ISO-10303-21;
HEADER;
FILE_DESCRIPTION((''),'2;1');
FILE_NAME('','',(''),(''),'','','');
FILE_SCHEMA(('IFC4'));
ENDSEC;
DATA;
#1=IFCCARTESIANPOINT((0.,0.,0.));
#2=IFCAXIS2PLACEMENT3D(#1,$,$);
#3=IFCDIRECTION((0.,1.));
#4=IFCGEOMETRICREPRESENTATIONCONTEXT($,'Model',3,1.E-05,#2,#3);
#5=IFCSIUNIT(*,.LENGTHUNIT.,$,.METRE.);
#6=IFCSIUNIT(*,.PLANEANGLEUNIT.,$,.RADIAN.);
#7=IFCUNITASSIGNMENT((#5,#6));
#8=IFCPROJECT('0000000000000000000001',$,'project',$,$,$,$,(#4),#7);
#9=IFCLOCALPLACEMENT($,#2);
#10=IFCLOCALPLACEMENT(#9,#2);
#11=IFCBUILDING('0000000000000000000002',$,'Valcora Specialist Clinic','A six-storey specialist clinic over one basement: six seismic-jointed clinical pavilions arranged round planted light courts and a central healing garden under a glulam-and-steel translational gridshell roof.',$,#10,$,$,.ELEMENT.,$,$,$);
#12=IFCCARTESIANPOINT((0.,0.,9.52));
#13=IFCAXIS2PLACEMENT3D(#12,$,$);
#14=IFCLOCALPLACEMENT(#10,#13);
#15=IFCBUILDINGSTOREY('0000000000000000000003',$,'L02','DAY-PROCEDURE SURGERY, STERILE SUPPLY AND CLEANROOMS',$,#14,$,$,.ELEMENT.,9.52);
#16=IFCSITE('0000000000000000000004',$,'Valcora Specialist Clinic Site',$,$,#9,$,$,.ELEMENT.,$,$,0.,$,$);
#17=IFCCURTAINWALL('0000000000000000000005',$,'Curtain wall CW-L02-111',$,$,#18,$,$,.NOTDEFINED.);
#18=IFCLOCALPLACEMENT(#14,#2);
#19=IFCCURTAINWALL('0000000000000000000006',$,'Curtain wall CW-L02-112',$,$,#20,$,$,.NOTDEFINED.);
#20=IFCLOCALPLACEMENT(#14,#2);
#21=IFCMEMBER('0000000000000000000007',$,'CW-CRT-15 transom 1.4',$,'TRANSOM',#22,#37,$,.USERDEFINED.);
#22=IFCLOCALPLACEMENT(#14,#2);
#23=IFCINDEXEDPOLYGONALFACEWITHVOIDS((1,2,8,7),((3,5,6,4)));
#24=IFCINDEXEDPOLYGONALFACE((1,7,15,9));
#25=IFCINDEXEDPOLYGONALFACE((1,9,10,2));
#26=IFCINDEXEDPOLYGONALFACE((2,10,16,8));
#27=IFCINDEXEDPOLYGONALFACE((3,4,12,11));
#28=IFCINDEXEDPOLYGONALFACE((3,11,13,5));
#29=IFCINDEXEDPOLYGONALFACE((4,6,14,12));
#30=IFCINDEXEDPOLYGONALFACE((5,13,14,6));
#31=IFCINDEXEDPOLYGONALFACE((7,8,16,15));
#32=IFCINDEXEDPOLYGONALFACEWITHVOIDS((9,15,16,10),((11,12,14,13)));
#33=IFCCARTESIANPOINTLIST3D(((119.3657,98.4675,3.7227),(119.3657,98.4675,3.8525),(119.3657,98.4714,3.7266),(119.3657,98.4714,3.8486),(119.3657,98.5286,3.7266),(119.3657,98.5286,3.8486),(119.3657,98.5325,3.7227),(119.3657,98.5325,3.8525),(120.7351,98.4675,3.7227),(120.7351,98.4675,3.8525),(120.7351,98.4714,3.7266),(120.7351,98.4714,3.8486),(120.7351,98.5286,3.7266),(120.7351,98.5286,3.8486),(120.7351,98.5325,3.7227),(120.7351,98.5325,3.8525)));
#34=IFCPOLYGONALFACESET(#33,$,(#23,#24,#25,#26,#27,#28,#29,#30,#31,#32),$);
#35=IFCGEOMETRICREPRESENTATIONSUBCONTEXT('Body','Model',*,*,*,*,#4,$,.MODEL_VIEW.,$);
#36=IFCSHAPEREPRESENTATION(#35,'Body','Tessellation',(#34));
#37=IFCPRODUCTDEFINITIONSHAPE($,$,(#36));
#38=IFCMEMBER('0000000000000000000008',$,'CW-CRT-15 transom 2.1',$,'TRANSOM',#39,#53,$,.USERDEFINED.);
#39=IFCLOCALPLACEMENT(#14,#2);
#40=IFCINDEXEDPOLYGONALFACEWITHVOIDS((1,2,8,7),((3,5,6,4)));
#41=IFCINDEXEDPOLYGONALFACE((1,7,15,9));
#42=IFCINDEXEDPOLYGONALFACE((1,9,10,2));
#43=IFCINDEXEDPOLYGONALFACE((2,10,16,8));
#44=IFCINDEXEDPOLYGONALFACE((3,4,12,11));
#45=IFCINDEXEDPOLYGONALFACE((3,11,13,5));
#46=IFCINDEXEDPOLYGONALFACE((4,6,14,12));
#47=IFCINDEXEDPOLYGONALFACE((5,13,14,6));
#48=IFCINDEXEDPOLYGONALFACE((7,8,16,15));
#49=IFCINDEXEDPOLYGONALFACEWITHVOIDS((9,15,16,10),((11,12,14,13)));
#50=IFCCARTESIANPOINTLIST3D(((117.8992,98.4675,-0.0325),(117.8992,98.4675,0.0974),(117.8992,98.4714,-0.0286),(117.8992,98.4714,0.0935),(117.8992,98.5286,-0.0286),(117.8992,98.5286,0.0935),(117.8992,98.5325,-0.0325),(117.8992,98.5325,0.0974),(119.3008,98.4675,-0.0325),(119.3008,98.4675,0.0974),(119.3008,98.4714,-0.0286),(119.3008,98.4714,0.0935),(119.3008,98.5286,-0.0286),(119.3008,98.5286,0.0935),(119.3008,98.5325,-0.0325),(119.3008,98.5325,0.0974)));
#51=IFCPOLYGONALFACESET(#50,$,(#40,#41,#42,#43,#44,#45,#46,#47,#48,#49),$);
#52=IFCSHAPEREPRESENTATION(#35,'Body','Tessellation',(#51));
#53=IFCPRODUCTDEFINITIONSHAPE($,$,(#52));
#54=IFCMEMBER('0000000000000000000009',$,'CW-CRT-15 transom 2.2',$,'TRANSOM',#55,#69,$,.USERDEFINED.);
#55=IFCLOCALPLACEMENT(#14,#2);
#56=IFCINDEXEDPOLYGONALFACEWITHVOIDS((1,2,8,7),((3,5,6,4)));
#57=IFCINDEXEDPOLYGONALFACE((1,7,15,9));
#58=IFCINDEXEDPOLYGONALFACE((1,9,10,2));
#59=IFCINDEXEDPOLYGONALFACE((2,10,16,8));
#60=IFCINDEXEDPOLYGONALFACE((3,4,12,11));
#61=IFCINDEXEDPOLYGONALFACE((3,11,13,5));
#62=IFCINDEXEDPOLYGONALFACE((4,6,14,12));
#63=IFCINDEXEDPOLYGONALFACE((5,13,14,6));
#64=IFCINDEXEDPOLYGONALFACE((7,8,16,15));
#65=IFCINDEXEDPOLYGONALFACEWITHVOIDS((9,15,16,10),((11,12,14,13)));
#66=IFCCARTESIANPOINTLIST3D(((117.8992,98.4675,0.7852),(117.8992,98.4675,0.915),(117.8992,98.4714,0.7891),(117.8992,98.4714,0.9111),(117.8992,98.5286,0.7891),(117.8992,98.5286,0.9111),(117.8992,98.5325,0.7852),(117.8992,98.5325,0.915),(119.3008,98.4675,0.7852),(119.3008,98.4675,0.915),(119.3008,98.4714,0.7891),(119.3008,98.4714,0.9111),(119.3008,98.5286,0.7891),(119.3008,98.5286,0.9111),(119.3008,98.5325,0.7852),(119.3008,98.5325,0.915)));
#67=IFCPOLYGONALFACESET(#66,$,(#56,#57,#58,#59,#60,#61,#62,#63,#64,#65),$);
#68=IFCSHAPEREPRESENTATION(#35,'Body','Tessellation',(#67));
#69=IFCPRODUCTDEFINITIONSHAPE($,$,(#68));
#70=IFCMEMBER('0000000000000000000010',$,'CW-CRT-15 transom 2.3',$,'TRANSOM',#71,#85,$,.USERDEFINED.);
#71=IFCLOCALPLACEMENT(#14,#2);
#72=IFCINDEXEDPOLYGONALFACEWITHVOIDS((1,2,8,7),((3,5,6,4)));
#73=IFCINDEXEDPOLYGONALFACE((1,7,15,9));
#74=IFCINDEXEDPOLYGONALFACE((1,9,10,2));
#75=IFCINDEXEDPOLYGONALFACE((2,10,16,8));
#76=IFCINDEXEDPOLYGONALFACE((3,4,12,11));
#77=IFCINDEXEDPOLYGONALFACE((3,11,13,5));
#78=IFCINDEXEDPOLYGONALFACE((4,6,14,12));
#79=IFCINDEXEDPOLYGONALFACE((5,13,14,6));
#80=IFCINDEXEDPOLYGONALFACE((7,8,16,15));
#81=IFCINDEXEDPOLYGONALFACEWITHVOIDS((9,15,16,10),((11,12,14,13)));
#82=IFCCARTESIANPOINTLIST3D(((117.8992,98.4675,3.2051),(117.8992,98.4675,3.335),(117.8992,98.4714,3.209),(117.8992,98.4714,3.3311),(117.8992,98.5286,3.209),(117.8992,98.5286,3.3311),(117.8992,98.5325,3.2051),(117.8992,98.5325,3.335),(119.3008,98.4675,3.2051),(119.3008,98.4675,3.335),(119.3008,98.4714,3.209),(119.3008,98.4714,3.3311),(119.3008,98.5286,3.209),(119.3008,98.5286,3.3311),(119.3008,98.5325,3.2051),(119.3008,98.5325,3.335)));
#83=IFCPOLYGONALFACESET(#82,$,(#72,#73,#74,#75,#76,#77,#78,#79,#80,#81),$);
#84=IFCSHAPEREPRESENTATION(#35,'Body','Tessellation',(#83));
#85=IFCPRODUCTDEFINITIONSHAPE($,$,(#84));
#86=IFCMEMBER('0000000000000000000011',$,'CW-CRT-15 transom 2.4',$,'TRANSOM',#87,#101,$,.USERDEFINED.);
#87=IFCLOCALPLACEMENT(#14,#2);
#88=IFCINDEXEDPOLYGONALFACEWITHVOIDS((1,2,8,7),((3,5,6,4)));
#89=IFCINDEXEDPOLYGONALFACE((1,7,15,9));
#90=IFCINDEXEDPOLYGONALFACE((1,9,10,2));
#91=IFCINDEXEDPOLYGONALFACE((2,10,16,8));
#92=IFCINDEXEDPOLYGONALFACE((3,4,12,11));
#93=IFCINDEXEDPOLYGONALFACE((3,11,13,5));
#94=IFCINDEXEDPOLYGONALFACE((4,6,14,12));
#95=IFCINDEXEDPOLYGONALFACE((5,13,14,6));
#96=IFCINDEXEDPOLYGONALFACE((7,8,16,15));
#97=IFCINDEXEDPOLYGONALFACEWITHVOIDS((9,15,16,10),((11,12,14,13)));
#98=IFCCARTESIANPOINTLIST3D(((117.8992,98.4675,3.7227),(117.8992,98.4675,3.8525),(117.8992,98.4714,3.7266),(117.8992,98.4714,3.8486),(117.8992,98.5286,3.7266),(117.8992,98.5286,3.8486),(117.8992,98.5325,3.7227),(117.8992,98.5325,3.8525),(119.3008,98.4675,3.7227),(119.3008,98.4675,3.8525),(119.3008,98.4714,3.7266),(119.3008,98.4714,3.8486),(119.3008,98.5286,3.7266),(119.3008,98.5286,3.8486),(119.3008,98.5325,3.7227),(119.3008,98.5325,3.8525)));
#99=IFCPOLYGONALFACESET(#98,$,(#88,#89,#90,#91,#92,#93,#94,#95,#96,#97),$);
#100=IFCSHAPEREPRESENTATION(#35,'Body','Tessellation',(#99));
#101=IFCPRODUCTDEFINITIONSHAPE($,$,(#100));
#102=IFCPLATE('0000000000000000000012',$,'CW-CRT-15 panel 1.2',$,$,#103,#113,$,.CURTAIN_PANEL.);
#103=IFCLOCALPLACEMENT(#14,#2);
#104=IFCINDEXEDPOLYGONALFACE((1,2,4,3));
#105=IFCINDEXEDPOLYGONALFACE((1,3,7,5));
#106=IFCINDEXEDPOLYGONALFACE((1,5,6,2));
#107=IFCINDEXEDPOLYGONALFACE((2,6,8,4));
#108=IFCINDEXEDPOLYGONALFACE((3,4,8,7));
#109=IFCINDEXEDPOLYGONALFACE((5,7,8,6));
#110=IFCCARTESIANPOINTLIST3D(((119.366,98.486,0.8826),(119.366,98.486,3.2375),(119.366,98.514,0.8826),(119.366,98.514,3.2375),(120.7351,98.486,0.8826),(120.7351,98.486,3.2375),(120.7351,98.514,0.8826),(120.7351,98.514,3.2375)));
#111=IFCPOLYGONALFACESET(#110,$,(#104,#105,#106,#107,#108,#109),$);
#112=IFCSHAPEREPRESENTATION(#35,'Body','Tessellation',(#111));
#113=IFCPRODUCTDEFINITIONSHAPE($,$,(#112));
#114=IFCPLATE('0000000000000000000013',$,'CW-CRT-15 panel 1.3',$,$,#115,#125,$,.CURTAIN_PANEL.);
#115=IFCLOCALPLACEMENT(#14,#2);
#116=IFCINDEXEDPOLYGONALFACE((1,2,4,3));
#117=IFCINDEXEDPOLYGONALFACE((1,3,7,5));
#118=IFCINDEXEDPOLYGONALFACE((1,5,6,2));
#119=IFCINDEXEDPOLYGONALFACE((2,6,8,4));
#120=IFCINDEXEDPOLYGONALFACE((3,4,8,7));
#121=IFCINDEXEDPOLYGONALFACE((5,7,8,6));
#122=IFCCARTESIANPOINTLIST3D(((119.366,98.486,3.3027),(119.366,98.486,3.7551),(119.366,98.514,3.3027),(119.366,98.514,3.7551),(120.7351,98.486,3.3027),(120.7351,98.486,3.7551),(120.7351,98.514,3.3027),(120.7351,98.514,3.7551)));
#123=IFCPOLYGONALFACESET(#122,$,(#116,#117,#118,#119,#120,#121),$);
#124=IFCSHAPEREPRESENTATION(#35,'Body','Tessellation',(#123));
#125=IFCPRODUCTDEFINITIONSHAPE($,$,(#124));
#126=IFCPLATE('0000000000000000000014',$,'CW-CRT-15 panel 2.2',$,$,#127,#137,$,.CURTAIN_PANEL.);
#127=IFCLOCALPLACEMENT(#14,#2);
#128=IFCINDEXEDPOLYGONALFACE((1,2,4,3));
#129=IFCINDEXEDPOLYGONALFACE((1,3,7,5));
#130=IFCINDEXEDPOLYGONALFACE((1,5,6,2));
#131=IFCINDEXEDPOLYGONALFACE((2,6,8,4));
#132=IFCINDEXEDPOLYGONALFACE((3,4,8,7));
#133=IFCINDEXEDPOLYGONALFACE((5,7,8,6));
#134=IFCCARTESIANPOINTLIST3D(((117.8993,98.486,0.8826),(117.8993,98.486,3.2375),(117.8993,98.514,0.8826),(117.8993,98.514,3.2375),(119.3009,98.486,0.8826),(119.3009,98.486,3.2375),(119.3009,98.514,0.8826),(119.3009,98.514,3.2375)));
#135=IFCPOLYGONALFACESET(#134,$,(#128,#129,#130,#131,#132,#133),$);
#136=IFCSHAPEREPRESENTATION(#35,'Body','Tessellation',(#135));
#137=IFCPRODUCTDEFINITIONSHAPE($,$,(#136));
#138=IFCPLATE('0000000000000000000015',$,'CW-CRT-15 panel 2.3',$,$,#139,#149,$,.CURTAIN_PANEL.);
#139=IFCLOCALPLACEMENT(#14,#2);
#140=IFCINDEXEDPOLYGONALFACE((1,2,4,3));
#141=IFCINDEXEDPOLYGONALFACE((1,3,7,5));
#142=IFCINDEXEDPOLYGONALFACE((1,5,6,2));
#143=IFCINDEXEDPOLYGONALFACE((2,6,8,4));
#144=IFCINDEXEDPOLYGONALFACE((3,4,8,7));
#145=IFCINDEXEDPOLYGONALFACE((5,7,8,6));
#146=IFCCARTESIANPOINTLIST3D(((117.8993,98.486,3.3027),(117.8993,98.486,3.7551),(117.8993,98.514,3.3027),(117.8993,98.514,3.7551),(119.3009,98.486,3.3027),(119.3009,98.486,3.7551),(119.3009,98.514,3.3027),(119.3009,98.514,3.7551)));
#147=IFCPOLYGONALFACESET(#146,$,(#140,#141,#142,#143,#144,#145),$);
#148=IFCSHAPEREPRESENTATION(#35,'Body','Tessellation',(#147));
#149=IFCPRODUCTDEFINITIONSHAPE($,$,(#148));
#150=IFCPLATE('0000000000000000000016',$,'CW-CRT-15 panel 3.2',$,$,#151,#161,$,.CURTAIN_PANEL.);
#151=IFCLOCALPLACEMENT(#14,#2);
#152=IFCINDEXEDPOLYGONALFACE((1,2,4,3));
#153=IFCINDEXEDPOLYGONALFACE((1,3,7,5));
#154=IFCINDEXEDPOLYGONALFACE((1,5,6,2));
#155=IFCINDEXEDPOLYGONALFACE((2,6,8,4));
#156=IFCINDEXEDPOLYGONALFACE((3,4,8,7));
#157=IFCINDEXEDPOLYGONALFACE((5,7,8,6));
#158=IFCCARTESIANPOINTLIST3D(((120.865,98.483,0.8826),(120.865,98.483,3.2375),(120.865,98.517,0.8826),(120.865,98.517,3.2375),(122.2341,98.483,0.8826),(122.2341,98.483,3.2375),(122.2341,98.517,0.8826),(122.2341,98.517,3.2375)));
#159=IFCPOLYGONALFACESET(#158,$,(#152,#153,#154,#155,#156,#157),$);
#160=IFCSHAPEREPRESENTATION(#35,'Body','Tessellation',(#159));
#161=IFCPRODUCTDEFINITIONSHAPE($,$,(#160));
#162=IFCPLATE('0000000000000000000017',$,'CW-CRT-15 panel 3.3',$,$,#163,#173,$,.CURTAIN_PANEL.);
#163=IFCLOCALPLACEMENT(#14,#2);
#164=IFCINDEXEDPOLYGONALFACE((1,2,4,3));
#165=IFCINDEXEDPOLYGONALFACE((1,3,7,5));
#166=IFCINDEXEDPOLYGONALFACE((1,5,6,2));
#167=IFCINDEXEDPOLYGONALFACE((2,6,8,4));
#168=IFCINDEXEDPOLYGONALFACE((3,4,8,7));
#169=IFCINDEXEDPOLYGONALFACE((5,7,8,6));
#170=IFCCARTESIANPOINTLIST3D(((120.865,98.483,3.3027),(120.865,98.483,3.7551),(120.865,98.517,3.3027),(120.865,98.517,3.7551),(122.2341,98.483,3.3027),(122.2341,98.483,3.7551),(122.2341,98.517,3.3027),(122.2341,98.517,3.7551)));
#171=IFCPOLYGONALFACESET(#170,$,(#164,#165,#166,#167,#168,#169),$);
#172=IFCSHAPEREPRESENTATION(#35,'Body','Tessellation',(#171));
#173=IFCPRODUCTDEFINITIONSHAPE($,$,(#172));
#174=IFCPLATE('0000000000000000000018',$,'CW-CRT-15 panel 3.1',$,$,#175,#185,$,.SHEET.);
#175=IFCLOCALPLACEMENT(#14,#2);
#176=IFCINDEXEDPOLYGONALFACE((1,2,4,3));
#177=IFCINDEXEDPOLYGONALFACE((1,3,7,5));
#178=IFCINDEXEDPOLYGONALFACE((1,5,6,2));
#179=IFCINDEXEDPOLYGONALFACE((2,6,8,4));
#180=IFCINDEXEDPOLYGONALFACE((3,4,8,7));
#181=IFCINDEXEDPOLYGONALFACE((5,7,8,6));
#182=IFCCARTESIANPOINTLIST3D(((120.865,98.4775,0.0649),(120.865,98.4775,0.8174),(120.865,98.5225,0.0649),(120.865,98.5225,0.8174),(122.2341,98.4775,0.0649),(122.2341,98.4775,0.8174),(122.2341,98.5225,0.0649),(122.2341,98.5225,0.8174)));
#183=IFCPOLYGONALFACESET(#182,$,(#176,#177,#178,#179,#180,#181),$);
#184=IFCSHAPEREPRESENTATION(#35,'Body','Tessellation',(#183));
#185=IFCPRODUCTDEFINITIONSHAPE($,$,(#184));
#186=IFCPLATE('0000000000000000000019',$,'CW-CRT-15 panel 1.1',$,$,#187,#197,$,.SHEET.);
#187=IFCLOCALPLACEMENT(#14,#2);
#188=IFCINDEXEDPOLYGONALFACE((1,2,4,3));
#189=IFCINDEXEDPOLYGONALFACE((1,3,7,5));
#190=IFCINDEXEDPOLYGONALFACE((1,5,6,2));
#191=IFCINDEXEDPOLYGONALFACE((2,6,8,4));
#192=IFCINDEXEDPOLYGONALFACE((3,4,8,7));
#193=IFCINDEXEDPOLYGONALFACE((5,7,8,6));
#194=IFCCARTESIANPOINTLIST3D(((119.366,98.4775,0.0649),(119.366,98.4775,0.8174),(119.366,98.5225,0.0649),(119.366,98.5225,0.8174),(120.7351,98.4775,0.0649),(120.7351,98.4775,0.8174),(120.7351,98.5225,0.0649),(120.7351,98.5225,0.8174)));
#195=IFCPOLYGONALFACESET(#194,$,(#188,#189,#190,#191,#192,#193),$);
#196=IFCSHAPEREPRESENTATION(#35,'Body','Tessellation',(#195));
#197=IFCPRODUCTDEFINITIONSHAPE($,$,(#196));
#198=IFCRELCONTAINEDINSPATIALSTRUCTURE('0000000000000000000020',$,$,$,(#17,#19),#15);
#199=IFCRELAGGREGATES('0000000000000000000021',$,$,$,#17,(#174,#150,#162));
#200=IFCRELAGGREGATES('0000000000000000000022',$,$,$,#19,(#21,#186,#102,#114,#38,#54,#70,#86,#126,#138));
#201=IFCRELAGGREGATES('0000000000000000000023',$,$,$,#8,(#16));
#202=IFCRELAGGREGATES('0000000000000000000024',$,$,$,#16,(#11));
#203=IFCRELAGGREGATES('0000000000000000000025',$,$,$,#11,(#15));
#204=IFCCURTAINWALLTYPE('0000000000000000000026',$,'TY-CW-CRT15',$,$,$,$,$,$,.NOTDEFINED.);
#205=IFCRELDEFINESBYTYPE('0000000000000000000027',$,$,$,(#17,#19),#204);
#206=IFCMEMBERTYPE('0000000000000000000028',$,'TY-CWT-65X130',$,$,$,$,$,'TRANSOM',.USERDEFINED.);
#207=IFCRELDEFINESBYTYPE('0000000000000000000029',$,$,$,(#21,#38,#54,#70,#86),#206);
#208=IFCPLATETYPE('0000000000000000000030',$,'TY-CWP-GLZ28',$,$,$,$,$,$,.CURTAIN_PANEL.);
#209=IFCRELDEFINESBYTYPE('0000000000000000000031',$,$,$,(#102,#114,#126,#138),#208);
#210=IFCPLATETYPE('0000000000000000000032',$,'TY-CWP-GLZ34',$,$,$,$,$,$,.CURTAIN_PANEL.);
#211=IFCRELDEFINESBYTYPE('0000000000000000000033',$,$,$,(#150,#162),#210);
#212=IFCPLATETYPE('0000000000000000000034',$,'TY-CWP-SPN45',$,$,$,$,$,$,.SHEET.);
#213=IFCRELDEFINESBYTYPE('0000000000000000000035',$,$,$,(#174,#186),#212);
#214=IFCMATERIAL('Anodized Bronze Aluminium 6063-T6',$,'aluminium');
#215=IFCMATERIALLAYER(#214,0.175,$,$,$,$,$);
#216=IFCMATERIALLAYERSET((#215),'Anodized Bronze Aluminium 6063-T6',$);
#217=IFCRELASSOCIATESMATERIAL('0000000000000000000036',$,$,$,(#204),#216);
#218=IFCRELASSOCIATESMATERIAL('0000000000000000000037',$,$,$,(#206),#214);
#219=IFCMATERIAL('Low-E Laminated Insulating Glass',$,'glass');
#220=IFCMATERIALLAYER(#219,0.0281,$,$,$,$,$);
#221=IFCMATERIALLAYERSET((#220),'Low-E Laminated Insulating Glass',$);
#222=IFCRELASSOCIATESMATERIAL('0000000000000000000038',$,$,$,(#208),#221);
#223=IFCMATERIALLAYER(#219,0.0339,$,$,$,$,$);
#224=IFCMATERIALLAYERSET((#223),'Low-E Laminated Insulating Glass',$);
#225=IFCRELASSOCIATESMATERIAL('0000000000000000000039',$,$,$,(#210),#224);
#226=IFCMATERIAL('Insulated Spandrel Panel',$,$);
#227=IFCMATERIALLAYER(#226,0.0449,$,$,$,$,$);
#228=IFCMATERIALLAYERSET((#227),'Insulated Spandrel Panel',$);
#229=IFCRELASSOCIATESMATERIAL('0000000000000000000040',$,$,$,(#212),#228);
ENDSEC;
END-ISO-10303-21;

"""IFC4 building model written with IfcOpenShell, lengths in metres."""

from ifc_helpers import new_model, si_unit, direction, frame, origin, origin_2d, place, context, subcontext, project, spatial, rectangle, hollow_rectangle, extrude, material, layer, layer_set, material_profile, profile_set, type_object, element, aggregate, save


model = new_model("IFC4")

# Units and contexts
model_context = context("Model", 3, precision=1e-05, world=origin(), true_north=direction((0.0, 1.0)))
body_context = subcontext(model_context, "Body", "Model", "MODEL_VIEW")
ifc_project = project(units=[si_unit("LENGTHUNIT", "METRE"), si_unit("PLANEANGLEUNIT", "RADIAN")], contexts=[model_context])

# Site, building, storey
site_placement = place(None, origin())
site = spatial("IfcSite", under=ifc_project, at=site_placement, Name="Valcora Specialist Clinic Site", CompositionType="ELEMENT", RefElevation=0.0)
building_placement = place(site_placement, origin())
building = spatial("IfcBuilding", under=site, at=building_placement, Name="Valcora Specialist Clinic", Description="A six-storey specialist clinic over one basement: six seismic-jointed clinical pavilions arranged round planted light courts and a central healing garden under a glulam-and-steel translational gridshell roof.", CompositionType="ELEMENT")
storey_placement = place(building_placement, frame((0.0, 0.0, 9.52)))
storey = spatial("IfcBuildingStorey", under=building, at=storey_placement, Name="L02", Description="DAY-PROCEDURE SURGERY, STERILE SUPPLY AND CLEANROOMS", CompositionType="ELEMENT", Elevation=9.52)

# Curtain walls
ifc_material_1 = material(Name="Anodized Bronze Aluminium 6063-T6", Category="aluminium")
ifc_layer_1 = layer(ifc_material_1, 0.175)
ifc_layer_set_1 = layer_set([ifc_layer_1], Name="Anodized Bronze Aluminium 6063-T6")
curtain_wall_type = type_object("IfcCurtainWallType", Name="TY-CW-CRT15", PredefinedType="NOTDEFINED", material=ifc_layer_set_1)
curtain_wall_1_placement = place(storey_placement, origin())
curtain_wall_1 = element("IfcCurtainWall", 1, at=curtain_wall_1_placement, inside=storey, type_object=curtain_wall_type, Name="Curtain wall CW-L02-111", PredefinedType="NOTDEFINED")
curtain_wall_2_placement = place(storey_placement, origin())
curtain_wall_2 = element("IfcCurtainWall", 2, at=curtain_wall_2_placement, inside=storey, type_object=curtain_wall_type, Name="Curtain wall CW-L02-112", PredefinedType="NOTDEFINED")

# Members
ifc_material_profile_1 = material_profile(ifc_material_1, hollow_rectangle(XDim=0.0649, YDim=0.1299, WallThickness=0.0039, at=origin_2d()), Name="AL-TRN-65X130")
ifc_profile_set_1 = profile_set([ifc_material_profile_1], Name="Anodized Bronze Aluminium 6063-T6")
member_type_1 = type_object("IfcMemberType", Name="TY-CWT-65X130", ElementType="TRANSOM", PredefinedType="USERDEFINED", material=ifc_profile_set_1)
member_1_placement = place(storey_placement, frame((120.7351, 98.5, 3.7876), z_axis=(-1.0, 0.0, 0.0), x_axis=(0.0, -1.0, 0.0)))
member_1 = element("IfcMember", 3, at=member_1_placement, type_object=member_type_1, Name="CW-CRT-15 transom 1.4", ObjectType="TRANSOM", PredefinedType="USERDEFINED", context=body_context, shape_type="SweptSolid", body=[
    extrude(hollow_rectangle(XDim=0.0649, YDim=0.1299, WallThickness=0.0039, at=origin_2d()), origin(), (0.0, 0.0, 1.0), 1.3694),
])
member_2_placement = place(storey_placement, frame((119.3008, 98.5, 0.0325), z_axis=(-1.0, 0.0, 0.0), x_axis=(0.0, -1.0, 0.0)))
member_2 = element("IfcMember", 4, at=member_2_placement, type_object=member_type_1, Name="CW-CRT-15 transom 2.1", ObjectType="TRANSOM", PredefinedType="USERDEFINED", context=body_context, shape_type="SweptSolid", body=[
    extrude(hollow_rectangle(XDim=0.0649, YDim=0.1299, WallThickness=0.0039, at=origin_2d()), origin(), (0.0, 0.0, 1.0), 1.4016),
])
member_3_placement = place(storey_placement, frame((119.3008, 98.5, 0.8501), z_axis=(-1.0, 0.0, 0.0), x_axis=(0.0, -1.0, 0.0)))
member_3 = element("IfcMember", 5, at=member_3_placement, type_object=member_type_1, Name="CW-CRT-15 transom 2.2", ObjectType="TRANSOM", PredefinedType="USERDEFINED", context=body_context, shape_type="SweptSolid", body=[
    extrude(hollow_rectangle(XDim=0.0649, YDim=0.1299, WallThickness=0.0039, at=origin_2d()), origin(), (0.0, 0.0, 1.0), 1.4016),
])
member_4_placement = place(storey_placement, frame((119.3008, 98.5, 3.27), z_axis=(-1.0, 0.0, 0.0), x_axis=(0.0, -1.0, 0.0)))
member_4 = element("IfcMember", 6, at=member_4_placement, type_object=member_type_1, Name="CW-CRT-15 transom 2.3", ObjectType="TRANSOM", PredefinedType="USERDEFINED", context=body_context, shape_type="SweptSolid", body=[
    extrude(hollow_rectangle(XDim=0.0649, YDim=0.1299, WallThickness=0.0039, at=origin_2d()), origin(), (0.0, 0.0, 1.0), 1.4016),
])
member_5_placement = place(storey_placement, frame((119.3008, 98.5, 3.7876), z_axis=(-1.0, 0.0, 0.0), x_axis=(0.0, -1.0, 0.0)))
member_5 = element("IfcMember", 7, at=member_5_placement, type_object=member_type_1, Name="CW-CRT-15 transom 2.4", ObjectType="TRANSOM", PredefinedType="USERDEFINED", context=body_context, shape_type="SweptSolid", body=[
    extrude(hollow_rectangle(XDim=0.0649, YDim=0.1299, WallThickness=0.0039, at=origin_2d()), origin(), (0.0, 0.0, 1.0), 1.4016),
])

# Plates
ifc_material_2 = material(Name="Low-E Laminated Insulating Glass", Category="glass")
ifc_layer_2 = layer(ifc_material_2, 0.0281)
ifc_layer_set_2 = layer_set([ifc_layer_2], Name="Low-E Laminated Insulating Glass")
plate_type_1 = type_object("IfcPlateType", Name="TY-CWP-GLZ28", PredefinedType="CURTAIN_PANEL", material=ifc_layer_set_2)
plate_1_placement = place(storey_placement, frame((120.0505, 98.5, 0.8826), z_axis=(0.0, 0.0, 1.0), x_axis=(-1.0, 0.0, 0.0)))
plate_1 = element("IfcPlate", 8, at=plate_1_placement, type_object=plate_type_1, Name="CW-CRT-15 panel 1.2", PredefinedType="CURTAIN_PANEL", context=body_context, shape_type="SweptSolid", body=[
    extrude(rectangle(XDim=1.3691, YDim=0.0281, at=origin_2d()), origin(), (0.0, 0.0, 1.0), 2.355),
])
plate_2_placement = place(storey_placement, frame((120.0505, 98.5, 3.3027), z_axis=(0.0, 0.0, 1.0), x_axis=(-1.0, 0.0, 0.0)))
plate_2 = element("IfcPlate", 9, at=plate_2_placement, type_object=plate_type_1, Name="CW-CRT-15 panel 1.3", PredefinedType="CURTAIN_PANEL", context=body_context, shape_type="SweptSolid", body=[
    extrude(rectangle(XDim=1.3691, YDim=0.0281, at=origin_2d()), origin(), (0.0, 0.0, 1.0), 0.4524),
])
plate_3_placement = place(storey_placement, frame((118.6001, 98.5, 0.8826), z_axis=(0.0, 0.0, 1.0), x_axis=(-1.0, 0.0, 0.0)))
plate_3 = element("IfcPlate", 10, at=plate_3_placement, type_object=plate_type_1, Name="CW-CRT-15 panel 2.2", PredefinedType="CURTAIN_PANEL", context=body_context, shape_type="SweptSolid", body=[
    extrude(rectangle(XDim=1.4016, YDim=0.0281, at=origin_2d()), origin(), (0.0, 0.0, 1.0), 2.355),
])
plate_4_placement = place(storey_placement, frame((118.6001, 98.5, 3.3027), z_axis=(0.0, 0.0, 1.0), x_axis=(-1.0, 0.0, 0.0)))
plate_4 = element("IfcPlate", 11, at=plate_4_placement, type_object=plate_type_1, Name="CW-CRT-15 panel 2.3", PredefinedType="CURTAIN_PANEL", context=body_context, shape_type="SweptSolid", body=[
    extrude(rectangle(XDim=1.4016, YDim=0.0281, at=origin_2d()), origin(), (0.0, 0.0, 1.0), 0.4524),
])
ifc_layer_3 = layer(ifc_material_2, 0.0339)
ifc_layer_set_3 = layer_set([ifc_layer_3], Name="Low-E Laminated Insulating Glass")
plate_type_2 = type_object("IfcPlateType", Name="TY-CWP-GLZ34", PredefinedType="CURTAIN_PANEL", material=ifc_layer_set_3)
plate_5_placement = place(storey_placement, frame((121.5496, 98.5, 0.8826), z_axis=(0.0, 0.0, 1.0), x_axis=(-1.0, 0.0, 0.0)))
plate_5 = element("IfcPlate", 12, at=plate_5_placement, type_object=plate_type_2, Name="CW-CRT-15 panel 3.2", PredefinedType="CURTAIN_PANEL", context=body_context, shape_type="SweptSolid", body=[
    extrude(rectangle(XDim=1.3691, YDim=0.0339, at=origin_2d()), origin(), (0.0, 0.0, 1.0), 2.355),
])
plate_6_placement = place(storey_placement, frame((121.5496, 98.5, 3.3027), z_axis=(0.0, 0.0, 1.0), x_axis=(-1.0, 0.0, 0.0)))
plate_6 = element("IfcPlate", 13, at=plate_6_placement, type_object=plate_type_2, Name="CW-CRT-15 panel 3.3", PredefinedType="CURTAIN_PANEL", context=body_context, shape_type="SweptSolid", body=[
    extrude(rectangle(XDim=1.3691, YDim=0.0339, at=origin_2d()), origin(), (0.0, 0.0, 1.0), 0.4524),
])
ifc_material_3 = material(Name="Insulated Spandrel Panel")
ifc_layer_4 = layer(ifc_material_3, 0.0449)
ifc_layer_set_4 = layer_set([ifc_layer_4], Name="Insulated Spandrel Panel")
plate_type_3 = type_object("IfcPlateType", Name="TY-CWP-SPN45", PredefinedType="SHEET", material=ifc_layer_set_4)
plate_7_placement = place(storey_placement, frame((121.5496, 98.5, 0.0649), z_axis=(0.0, 0.0, 1.0), x_axis=(-1.0, 0.0, 0.0)))
plate_7 = element("IfcPlate", 14, at=plate_7_placement, type_object=plate_type_3, Name="CW-CRT-15 panel 3.1", PredefinedType="SHEET", context=body_context, shape_type="SweptSolid", body=[
    extrude(rectangle(XDim=1.3691, YDim=0.0449, at=origin_2d()), origin(), (0.0, 0.0, 1.0), 0.7524),
])
aggregate(curtain_wall_1, [plate_7, plate_5, plate_6])
plate_8_placement = place(storey_placement, frame((120.0505, 98.5, 0.0649), z_axis=(0.0, 0.0, 1.0), x_axis=(-1.0, 0.0, 0.0)))
plate_8 = element("IfcPlate", 15, at=plate_8_placement, type_object=plate_type_3, Name="CW-CRT-15 panel 1.1", PredefinedType="SHEET", context=body_context, shape_type="SweptSolid", body=[
    extrude(rectangle(XDim=1.3691, YDim=0.0449, at=origin_2d()), origin(), (0.0, 0.0, 1.0), 0.7524),
])
aggregate(curtain_wall_2, [member_1, plate_8, plate_1, plate_2, member_2, member_3, member_4, member_5, plate_3, plate_4])

save(model, "model.ifc")
